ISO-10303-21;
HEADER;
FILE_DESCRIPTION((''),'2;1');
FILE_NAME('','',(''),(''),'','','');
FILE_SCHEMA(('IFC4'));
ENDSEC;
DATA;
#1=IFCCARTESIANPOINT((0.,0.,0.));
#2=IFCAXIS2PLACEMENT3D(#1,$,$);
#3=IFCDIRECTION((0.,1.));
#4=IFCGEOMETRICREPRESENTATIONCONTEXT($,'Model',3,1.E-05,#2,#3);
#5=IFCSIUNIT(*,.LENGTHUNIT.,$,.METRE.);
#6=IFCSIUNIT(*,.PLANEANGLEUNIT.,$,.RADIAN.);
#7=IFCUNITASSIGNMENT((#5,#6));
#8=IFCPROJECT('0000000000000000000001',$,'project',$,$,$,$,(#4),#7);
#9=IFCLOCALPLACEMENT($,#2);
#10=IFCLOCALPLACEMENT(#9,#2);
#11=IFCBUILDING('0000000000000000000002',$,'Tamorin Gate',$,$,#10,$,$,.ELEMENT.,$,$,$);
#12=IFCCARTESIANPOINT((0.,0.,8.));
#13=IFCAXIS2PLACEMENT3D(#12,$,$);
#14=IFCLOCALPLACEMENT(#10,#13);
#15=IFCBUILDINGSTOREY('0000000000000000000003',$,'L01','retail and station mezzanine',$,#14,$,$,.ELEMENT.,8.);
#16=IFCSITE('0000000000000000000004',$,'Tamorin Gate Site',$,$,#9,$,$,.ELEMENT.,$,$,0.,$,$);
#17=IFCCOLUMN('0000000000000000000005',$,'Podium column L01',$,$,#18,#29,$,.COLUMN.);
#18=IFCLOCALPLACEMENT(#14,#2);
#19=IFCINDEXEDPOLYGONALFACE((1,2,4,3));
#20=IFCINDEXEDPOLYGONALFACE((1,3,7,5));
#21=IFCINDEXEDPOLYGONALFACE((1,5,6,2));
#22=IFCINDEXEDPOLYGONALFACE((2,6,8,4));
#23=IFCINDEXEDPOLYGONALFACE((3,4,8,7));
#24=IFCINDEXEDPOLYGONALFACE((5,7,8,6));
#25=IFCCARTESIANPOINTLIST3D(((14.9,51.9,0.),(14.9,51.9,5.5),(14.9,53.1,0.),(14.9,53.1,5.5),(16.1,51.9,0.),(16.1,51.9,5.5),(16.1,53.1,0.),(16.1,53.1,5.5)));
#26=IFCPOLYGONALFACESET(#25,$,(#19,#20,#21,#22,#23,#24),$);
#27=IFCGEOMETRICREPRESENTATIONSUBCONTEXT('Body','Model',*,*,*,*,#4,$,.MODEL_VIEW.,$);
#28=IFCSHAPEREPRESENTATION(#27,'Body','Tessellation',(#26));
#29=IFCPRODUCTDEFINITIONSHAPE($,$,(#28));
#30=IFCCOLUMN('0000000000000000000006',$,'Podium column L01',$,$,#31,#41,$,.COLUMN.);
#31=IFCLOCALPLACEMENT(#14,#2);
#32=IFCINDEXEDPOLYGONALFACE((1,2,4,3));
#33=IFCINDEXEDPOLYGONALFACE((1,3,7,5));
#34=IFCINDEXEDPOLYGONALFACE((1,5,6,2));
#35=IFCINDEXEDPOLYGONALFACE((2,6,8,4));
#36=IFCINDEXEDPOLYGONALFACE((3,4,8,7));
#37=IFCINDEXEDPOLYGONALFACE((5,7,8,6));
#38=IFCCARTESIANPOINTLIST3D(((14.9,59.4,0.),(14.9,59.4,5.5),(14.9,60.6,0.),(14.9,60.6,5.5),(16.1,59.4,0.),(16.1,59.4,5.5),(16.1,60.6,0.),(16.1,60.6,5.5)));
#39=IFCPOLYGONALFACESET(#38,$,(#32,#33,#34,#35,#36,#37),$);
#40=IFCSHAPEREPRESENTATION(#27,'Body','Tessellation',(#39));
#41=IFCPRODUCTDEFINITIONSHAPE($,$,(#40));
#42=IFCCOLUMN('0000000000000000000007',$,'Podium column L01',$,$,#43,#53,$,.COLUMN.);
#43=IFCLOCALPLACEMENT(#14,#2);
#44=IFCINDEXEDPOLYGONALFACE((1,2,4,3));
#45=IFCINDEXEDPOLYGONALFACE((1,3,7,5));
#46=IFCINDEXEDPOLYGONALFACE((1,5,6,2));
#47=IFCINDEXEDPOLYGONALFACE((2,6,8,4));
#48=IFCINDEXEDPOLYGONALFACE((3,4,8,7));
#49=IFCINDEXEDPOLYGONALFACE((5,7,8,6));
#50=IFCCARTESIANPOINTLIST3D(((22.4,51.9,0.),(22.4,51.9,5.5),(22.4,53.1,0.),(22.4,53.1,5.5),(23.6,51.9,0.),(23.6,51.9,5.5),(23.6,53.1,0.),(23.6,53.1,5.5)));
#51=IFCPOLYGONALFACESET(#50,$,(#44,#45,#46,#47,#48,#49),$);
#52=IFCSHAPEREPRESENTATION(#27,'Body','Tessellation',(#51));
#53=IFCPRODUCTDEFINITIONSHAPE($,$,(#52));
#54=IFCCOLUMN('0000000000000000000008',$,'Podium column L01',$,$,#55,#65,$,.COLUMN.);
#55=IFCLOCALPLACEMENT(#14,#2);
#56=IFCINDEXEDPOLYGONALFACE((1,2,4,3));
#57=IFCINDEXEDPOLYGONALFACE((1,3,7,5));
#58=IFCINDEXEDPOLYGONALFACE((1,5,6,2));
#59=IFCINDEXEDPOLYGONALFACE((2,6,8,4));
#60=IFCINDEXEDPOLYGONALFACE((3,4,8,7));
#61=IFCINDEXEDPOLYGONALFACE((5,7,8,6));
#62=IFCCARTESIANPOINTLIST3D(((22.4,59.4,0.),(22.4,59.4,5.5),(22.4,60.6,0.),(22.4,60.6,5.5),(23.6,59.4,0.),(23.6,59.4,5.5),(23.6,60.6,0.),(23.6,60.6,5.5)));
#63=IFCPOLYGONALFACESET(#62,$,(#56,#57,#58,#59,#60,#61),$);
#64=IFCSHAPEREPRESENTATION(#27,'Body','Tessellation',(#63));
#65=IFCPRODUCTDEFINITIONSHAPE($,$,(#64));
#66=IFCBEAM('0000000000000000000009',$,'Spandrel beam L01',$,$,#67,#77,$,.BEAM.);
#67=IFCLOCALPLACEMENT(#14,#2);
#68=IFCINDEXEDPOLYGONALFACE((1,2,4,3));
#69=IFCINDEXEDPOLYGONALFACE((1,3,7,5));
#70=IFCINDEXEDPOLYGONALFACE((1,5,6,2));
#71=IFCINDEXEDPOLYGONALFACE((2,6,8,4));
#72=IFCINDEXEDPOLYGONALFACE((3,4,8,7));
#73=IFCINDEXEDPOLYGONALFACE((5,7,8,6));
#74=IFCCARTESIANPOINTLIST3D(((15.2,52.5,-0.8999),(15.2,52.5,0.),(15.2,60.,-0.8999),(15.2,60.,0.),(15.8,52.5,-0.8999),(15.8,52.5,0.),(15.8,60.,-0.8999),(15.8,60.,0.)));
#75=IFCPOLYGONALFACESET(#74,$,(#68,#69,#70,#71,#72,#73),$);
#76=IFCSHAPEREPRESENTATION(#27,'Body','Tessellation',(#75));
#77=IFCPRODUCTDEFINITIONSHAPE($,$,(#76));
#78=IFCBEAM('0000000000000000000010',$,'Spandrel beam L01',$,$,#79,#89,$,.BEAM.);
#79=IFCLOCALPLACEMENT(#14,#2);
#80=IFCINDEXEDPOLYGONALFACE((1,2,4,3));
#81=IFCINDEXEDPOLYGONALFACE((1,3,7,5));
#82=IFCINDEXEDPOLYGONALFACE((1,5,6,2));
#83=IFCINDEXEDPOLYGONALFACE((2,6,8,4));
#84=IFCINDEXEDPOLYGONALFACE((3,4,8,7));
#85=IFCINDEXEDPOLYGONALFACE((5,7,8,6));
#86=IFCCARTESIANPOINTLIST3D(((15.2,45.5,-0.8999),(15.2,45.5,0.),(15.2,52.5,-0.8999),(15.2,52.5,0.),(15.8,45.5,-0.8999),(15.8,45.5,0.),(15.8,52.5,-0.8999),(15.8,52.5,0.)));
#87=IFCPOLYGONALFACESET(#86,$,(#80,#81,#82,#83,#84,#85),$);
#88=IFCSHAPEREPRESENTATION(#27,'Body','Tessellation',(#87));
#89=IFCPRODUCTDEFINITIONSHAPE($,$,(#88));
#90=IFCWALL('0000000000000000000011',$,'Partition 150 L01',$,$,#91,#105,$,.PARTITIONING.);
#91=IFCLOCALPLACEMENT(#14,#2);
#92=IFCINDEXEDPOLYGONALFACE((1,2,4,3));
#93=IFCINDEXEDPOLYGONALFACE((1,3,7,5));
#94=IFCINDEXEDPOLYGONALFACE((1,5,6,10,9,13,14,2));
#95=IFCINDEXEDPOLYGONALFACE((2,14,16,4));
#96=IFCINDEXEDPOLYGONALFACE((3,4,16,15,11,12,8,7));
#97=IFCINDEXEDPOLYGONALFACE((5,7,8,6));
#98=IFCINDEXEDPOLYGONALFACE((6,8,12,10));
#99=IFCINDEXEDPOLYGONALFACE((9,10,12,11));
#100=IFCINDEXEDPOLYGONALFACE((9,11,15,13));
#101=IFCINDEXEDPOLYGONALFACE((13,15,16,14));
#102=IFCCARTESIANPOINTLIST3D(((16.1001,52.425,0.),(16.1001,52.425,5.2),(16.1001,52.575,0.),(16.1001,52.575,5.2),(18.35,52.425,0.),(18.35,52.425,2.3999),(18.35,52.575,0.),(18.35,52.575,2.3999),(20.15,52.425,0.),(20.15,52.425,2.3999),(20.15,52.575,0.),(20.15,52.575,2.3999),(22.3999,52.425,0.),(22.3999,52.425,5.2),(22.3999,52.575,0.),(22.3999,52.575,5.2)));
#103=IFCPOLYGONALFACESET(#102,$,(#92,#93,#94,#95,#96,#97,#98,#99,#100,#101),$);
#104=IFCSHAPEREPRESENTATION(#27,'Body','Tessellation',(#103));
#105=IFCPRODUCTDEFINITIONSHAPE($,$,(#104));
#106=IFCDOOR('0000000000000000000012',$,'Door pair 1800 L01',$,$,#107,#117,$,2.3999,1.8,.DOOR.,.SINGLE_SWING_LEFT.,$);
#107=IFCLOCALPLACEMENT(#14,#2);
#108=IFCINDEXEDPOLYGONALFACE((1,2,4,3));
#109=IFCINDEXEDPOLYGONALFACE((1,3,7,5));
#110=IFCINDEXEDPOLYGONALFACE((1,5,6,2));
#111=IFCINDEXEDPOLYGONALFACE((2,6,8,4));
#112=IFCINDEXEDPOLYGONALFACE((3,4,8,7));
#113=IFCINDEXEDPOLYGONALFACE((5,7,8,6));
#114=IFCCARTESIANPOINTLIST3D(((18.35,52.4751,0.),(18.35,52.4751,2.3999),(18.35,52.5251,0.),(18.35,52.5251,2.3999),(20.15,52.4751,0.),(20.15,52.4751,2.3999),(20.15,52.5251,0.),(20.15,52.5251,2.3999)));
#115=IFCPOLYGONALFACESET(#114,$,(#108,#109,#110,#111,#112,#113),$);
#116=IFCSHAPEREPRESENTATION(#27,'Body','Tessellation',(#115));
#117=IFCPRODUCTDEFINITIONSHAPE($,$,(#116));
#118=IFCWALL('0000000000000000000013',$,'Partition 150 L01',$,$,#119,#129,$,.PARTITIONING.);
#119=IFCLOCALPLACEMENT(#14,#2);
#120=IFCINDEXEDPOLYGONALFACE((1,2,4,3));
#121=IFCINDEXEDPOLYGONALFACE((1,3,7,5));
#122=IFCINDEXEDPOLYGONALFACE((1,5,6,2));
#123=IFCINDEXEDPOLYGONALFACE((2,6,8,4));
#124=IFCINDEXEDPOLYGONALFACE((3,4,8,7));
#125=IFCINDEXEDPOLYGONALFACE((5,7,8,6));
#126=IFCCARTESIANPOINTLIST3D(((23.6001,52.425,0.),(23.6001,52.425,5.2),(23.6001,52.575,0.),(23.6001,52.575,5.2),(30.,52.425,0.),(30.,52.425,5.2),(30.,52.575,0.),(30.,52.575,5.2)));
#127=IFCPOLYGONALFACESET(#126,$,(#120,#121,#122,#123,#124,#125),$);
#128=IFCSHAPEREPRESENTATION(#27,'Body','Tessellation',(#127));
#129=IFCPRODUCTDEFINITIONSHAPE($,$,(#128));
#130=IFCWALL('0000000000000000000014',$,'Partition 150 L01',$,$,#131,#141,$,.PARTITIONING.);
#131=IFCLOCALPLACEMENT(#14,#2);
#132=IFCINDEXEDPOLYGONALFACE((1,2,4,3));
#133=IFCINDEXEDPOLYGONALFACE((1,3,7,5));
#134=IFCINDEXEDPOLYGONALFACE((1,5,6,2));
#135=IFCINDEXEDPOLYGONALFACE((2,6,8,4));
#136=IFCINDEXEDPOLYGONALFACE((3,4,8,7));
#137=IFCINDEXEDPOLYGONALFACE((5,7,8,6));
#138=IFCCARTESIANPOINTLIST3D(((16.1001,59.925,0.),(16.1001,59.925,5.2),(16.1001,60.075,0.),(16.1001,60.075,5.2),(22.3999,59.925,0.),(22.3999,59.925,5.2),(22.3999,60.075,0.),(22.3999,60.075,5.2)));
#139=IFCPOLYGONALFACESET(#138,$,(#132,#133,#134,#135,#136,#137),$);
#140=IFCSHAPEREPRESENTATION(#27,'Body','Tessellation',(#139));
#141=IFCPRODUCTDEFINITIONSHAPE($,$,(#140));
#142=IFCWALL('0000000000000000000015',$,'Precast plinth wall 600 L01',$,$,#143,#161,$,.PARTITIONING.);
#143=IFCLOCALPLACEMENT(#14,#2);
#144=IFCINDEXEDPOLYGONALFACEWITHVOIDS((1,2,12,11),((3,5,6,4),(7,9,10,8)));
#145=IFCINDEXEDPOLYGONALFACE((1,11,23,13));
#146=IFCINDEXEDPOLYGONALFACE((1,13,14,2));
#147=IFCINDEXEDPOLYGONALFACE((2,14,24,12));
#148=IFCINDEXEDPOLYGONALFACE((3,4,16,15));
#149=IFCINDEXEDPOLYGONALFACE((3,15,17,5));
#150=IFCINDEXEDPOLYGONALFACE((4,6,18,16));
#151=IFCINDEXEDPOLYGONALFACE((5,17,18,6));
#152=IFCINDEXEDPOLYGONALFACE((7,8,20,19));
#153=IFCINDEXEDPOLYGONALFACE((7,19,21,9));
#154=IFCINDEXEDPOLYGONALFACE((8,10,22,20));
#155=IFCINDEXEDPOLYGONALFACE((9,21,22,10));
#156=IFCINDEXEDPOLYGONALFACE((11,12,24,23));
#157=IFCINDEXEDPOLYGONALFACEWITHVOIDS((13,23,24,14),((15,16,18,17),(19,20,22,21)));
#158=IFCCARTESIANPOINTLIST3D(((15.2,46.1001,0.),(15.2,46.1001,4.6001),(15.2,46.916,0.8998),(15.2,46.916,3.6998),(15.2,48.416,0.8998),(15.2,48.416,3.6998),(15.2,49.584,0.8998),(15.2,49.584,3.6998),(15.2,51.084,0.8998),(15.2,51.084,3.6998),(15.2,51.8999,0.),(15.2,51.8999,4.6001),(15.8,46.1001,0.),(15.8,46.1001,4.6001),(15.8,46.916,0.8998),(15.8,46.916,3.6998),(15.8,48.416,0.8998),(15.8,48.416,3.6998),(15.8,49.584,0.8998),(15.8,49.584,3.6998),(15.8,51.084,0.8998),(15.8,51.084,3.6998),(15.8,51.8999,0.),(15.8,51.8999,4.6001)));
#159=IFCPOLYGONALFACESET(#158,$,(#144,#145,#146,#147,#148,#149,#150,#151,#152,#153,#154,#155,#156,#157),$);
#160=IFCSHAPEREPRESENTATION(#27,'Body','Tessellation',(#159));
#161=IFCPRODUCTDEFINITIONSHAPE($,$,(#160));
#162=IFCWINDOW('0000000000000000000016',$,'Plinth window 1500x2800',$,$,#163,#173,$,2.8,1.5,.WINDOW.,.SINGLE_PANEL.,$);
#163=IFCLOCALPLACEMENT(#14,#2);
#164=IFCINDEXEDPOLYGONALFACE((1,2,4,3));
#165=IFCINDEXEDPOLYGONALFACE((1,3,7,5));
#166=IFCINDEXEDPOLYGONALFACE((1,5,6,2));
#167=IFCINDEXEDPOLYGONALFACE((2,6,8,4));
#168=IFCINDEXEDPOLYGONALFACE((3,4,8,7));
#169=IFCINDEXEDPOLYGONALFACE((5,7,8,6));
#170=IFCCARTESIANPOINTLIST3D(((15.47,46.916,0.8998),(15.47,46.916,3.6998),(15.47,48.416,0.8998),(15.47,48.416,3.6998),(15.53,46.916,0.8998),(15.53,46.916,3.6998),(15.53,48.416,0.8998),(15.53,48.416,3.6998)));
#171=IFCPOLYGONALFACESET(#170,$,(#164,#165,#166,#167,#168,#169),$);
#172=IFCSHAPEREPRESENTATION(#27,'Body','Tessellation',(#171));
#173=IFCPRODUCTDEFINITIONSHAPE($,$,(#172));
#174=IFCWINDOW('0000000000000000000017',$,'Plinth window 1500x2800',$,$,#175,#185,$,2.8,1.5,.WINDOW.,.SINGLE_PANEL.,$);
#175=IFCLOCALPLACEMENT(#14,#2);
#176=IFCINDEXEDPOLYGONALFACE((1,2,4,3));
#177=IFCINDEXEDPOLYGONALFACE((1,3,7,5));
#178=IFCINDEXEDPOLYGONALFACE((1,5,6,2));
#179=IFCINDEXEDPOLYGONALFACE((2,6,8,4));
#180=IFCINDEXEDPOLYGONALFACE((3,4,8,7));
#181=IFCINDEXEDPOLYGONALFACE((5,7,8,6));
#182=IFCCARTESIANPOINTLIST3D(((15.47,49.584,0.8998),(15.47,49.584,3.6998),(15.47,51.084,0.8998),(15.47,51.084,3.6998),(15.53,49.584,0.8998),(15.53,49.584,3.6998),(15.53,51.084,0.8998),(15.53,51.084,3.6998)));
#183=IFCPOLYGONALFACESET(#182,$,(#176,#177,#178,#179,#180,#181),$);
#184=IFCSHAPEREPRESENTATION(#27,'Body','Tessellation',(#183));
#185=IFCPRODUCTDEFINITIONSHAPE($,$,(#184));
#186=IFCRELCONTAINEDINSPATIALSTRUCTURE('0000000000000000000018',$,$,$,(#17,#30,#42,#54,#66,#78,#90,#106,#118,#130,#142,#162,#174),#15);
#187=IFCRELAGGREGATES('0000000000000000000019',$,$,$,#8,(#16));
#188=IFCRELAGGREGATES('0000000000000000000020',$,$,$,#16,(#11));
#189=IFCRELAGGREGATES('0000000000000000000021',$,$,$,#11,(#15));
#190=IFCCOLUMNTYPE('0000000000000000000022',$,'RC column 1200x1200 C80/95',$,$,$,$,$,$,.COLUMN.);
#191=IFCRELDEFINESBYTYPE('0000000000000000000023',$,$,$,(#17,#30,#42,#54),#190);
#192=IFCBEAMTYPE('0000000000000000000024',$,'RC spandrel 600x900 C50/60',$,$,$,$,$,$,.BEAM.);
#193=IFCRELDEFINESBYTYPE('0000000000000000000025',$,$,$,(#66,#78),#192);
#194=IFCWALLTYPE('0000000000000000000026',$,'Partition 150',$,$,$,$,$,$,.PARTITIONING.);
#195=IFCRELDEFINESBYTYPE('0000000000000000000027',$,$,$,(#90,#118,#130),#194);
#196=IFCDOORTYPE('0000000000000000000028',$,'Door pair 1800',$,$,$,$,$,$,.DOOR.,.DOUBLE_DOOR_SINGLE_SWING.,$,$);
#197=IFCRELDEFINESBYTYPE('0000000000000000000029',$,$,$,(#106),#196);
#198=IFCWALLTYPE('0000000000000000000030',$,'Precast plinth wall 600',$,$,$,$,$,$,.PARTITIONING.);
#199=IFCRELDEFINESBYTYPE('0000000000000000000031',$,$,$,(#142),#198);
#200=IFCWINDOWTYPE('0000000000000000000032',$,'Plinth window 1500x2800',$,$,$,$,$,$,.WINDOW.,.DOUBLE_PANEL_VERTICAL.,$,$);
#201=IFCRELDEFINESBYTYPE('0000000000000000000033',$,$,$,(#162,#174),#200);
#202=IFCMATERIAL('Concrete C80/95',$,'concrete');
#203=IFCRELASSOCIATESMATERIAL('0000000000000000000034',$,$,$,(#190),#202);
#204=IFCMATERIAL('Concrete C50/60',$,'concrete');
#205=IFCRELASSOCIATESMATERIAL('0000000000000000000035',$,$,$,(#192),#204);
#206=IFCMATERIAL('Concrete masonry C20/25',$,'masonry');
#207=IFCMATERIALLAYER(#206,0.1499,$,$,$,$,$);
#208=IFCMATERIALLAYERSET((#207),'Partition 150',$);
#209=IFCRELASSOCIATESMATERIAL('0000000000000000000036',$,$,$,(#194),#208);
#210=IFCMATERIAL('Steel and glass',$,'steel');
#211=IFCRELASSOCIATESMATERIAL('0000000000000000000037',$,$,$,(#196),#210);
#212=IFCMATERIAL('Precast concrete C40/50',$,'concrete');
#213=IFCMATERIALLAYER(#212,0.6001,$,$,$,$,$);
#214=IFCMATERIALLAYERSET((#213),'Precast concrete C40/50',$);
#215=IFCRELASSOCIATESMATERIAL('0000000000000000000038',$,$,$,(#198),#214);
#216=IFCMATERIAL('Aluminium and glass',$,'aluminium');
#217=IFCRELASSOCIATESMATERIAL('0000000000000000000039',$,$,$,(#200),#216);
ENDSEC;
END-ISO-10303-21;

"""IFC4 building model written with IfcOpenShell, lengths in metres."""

from ifc_helpers import new_model, si_unit, direction, frame, frame_2d, origin, origin_2d, place, context, subcontext, project, spatial, rectangle, extrude, material, layer, layer_set, material_profile, profile_set, type_object, element, fill, save


model = new_model("IFC4")

# Units and contexts
model_context = context("Model", 3, precision=1e-05, world=origin(), true_north=direction((0.0, 1.0)))
body_context = subcontext(model_context, "Body", "Model", "MODEL_VIEW")
ifc_project = project(units=[si_unit("LENGTHUNIT", "METRE"), si_unit("PLANEANGLEUNIT", "RADIAN")], contexts=[model_context])

# Site, building, storey
site_placement = place(None, origin())
site = spatial("IfcSite", under=ifc_project, at=site_placement, Name="Tamorin Gate Site", CompositionType="ELEMENT", RefElevation=0.0)
building_placement = place(site_placement, origin())
building = spatial("IfcBuilding", under=site, at=building_placement, Name="Tamorin Gate", CompositionType="ELEMENT")
storey_placement = place(building_placement, frame((0.0, 0.0, 8.0)))
storey = spatial("IfcBuildingStorey", under=building, at=storey_placement, Name="L01", Description="retail and station mezzanine", CompositionType="ELEMENT", Elevation=8.0)

# Columns
ifc_material_1 = material(Name="Concrete C80/95", Category="concrete")
ifc_material_profile_1 = material_profile(ifc_material_1, rectangle(XDim=1.2, YDim=1.2, at=origin_2d()), Name="RC 1200x1200")
ifc_profile_set_1 = profile_set([ifc_material_profile_1], Name="Concrete C80/95")
column_type = type_object("IfcColumnType", Name="RC column 1200x1200 C80/95", PredefinedType="COLUMN", material=ifc_profile_set_1)
for number, where, z_axis, x_axis, name in (
    (1, (15.5, 52.5, 0.0), (0.0, 0.0, 1.0), (1.0, 0.0, 0.0), "Podium column L01"),
    (2, (15.5, 60.0, 0.0), (0.0, 0.0, 1.0), (1.0, 0.0, 0.0), "Podium column L01"),
    (3, (23.0, 52.5, 0.0), (0.0, 0.0, 1.0), (1.0, 0.0, 0.0), "Podium column L01"),
    (4, (23.0, 60.0, 0.0), (0.0, 0.0, 1.0), (1.0, 0.0, 0.0), "Podium column L01"),
):
    element("IfcColumn", number, at=place(storey_placement, frame(where, z_axis=z_axis, x_axis=x_axis)), inside=storey, type_object=column_type, Name=name, PredefinedType="COLUMN", context=body_context, shape_type="SweptSolid", body=[
        extrude(rectangle(XDim=1.2, YDim=1.2, at=origin_2d()), origin(), (0.0, 0.0, 1.0), 5.5),
    ])

# Beams
ifc_material_2 = material(Name="Concrete C50/60", Category="concrete")
ifc_material_profile_2 = material_profile(ifc_material_2, rectangle(XDim=0.6001, YDim=0.8999, at=origin_2d()), Name="RC 600x900")
ifc_profile_set_2 = profile_set([ifc_material_profile_2], Name="Concrete C50/60")
beam_type = type_object("IfcBeamType", Name="RC spandrel 600x900 C50/60", PredefinedType="BEAM", material=ifc_profile_set_2)
beam_1_placement = place(storey_placement, frame((15.5, 60.0, -0.45), z_axis=(0.0, -1.0, 0.0), x_axis=(1.0, 0.0, 0.0)))
element("IfcBeam", 5, at=beam_1_placement, inside=storey, type_object=beam_type, Name="Spandrel beam L01", PredefinedType="BEAM", context=body_context, shape_type="SweptSolid", body=[
    extrude(rectangle(XDim=0.6001, YDim=0.8999, at=origin_2d()), origin(), (0.0, 0.0, 1.0), 7.5),
])
beam_2_placement = place(storey_placement, frame((15.5, 52.5, -0.45), z_axis=(0.0, -1.0, 0.0), x_axis=(1.0, 0.0, 0.0)))
element("IfcBeam", 6, at=beam_2_placement, inside=storey, type_object=beam_type, Name="Spandrel beam L01", PredefinedType="BEAM", context=body_context, shape_type="SweptSolid", body=[
    extrude(rectangle(XDim=0.6001, YDim=0.8999, at=origin_2d()), origin(), (0.0, 0.0, 1.0), 7.0),
])

# Wall, opening, door
ifc_material_3 = material(Name="Concrete masonry C20/25", Category="masonry")
ifc_layer_1 = layer(ifc_material_3, 0.1499)
ifc_layer_set_1 = layer_set([ifc_layer_1], Name="Partition 150")
wall_type_1 = type_object("IfcWallType", Name="Partition 150", PredefinedType="PARTITIONING", material=ifc_layer_set_1)
wall_1_placement = place(storey_placement, frame((22.3999, 52.5, 0.0), z_axis=(0.0, 0.0, 1.0), x_axis=(-1.0, 0.0, 0.0)))
wall_1 = element("IfcWall", 7, at=wall_1_placement, inside=storey, type_object=wall_type_1, Name="Partition 150 L01", PredefinedType="PARTITIONING", context=body_context, shape_type="SweptSolid", body=[
    extrude(rectangle(XDim=6.2998, YDim=0.1499, at=frame_2d((3.1499, 0.0))), origin(), (0.0, 0.0, 1.0), 5.2),
])
opening_1_placement = place(wall_1_placement, frame((2.25, 0.0, 0.0)))
opening_1 = element("IfcOpeningElement", 8, at=opening_1_placement, cuts=wall_1, PredefinedType="OPENING", context=body_context, shape_type="SweptSolid", body=[
    extrude(rectangle(XDim=1.8, YDim=2.3999, at=frame_2d((0.8999, 1.2))), frame((0.0, 0.085, 0.0), z_axis=(0.0, -1.0, 0.0), x_axis=(1.0, 0.0, 0.0)), (0.0, 0.0, 1.0), 0.1699),
])
ifc_material_4 = material(Name="Steel and glass", Category="steel")
door_type = type_object("IfcDoorType", Name="Door pair 1800", OperationType="DOUBLE_DOOR_SINGLE_SWING", PredefinedType="DOOR", material=ifc_material_4)
door_placement = place(opening_1_placement, origin())
door = element("IfcDoor", 9, at=door_placement, inside=storey, type_object=door_type, Name="Door pair 1800 L01", OperationType="SINGLE_SWING_LEFT", OverallHeight=2.3999, OverallWidth=1.8, PredefinedType="DOOR", context=body_context, shape_type="SweptSolid", body=[
    extrude(rectangle(XDim=1.8, YDim=2.3999, at=frame_2d((0.8999, 1.2))), frame((0.0, 0.0249, 0.0), z_axis=(0.0, -1.0, 0.0), x_axis=(1.0, 0.0, 0.0)), (0.0, 0.0, 1.0), 0.05),
])
fill(opening_1, door)

# Walls
wall_2_placement = place(storey_placement, frame((23.6001, 52.5, 0.0), z_axis=(0.0, 0.0, 1.0), x_axis=(1.0, 0.0, 0.0)))
element("IfcWall", 10, at=wall_2_placement, inside=storey, type_object=wall_type_1, Name="Partition 150 L01", PredefinedType="PARTITIONING", context=body_context, shape_type="SweptSolid", body=[
    extrude(rectangle(XDim=6.3999, YDim=0.1499, at=frame_2d((3.2, 0.0))), origin(), (0.0, 0.0, 1.0), 5.2),
])
wall_3_placement = place(storey_placement, frame((16.1001, 60.0, 0.0), z_axis=(0.0, 0.0, 1.0), x_axis=(1.0, 0.0, 0.0)))
element("IfcWall", 11, at=wall_3_placement, inside=storey, type_object=wall_type_1, Name="Partition 150 L01", PredefinedType="PARTITIONING", context=body_context, shape_type="SweptSolid", body=[
    extrude(rectangle(XDim=6.2998, YDim=0.1499, at=frame_2d((3.1499, 0.0))), origin(), (0.0, 0.0, 1.0), 5.2),
])

# Wall, openings, windows
ifc_material_5 = material(Name="Precast concrete C40/50", Category="concrete")
ifc_layer_2 = layer(ifc_material_5, 0.6001)
ifc_layer_set_2 = layer_set([ifc_layer_2], Name="Precast concrete C40/50")
wall_type_2 = type_object("IfcWallType", Name="Precast plinth wall 600", PredefinedType="PARTITIONING", material=ifc_layer_set_2)
wall_4_placement = place(storey_placement, frame((15.5, 46.1001, 0.0), z_axis=(0.0, 0.0, 1.0), x_axis=(0.0, 1.0, 0.0)))
wall_4 = element("IfcWall", 12, at=wall_4_placement, inside=storey, type_object=wall_type_2, Name="Precast plinth wall 600 L01", PredefinedType="PARTITIONING", context=body_context, shape_type="SweptSolid", body=[
    extrude(rectangle(XDim=5.7998, YDim=0.6001, at=frame_2d((2.8999, 0.0))), origin(), (0.0, 0.0, 1.0), 4.6001),
])
opening_2_placement = place(wall_4_placement, frame((0.8159, 0.0, 0.8999)))
opening_2 = element("IfcOpeningElement", 13, at=opening_2_placement, cuts=wall_4, PredefinedType="OPENING", context=body_context, shape_type="SweptSolid", body=[
    extrude(rectangle(XDim=1.5, YDim=2.8, at=frame_2d((0.75, 1.3999))), frame((0.0, 0.3101, 0.0), z_axis=(0.0, -1.0, 0.0), x_axis=(1.0, 0.0, 0.0)), (0.0, 0.0, 1.0), 0.6201),
])
opening_3_placement = place(wall_4_placement, frame((3.4839, 0.0, 0.8999)))
opening_3 = element("IfcOpeningElement", 14, at=opening_3_placement, cuts=wall_4, PredefinedType="OPENING", context=body_context, shape_type="SweptSolid", body=[
    extrude(rectangle(XDim=1.5, YDim=2.8, at=frame_2d((0.75, 1.3999))), frame((0.0, 0.3101, 0.0), z_axis=(0.0, -1.0, 0.0), x_axis=(1.0, 0.0, 0.0)), (0.0, 0.0, 1.0), 0.6201),
])
ifc_material_6 = material(Name="Aluminium and glass", Category="aluminium")
window_type = type_object("IfcWindowType", Name="Plinth window 1500x2800", PartitioningType="DOUBLE_PANEL_VERTICAL", PredefinedType="WINDOW", material=ifc_material_6)
window_1_placement = place(opening_2_placement, origin())
window_1 = element("IfcWindow", 15, at=window_1_placement, inside=storey, type_object=window_type, Name="Plinth window 1500x2800", OverallHeight=2.8, OverallWidth=1.5, PartitioningType="SINGLE_PANEL", PredefinedType="WINDOW", context=body_context, shape_type="SweptSolid", body=[
    extrude(rectangle(XDim=1.5, YDim=2.8, at=frame_2d((0.75, 1.3999))), frame((0.0, 0.03, 0.0), z_axis=(0.0, -1.0, 0.0), x_axis=(1.0, 0.0, 0.0)), (0.0, 0.0, 1.0), 0.0601),
])
fill(opening_2, window_1)
window_2_placement = place(opening_3_placement, origin())
window_2 = element("IfcWindow", 16, at=window_2_placement, inside=storey, type_object=window_type, Name="Plinth window 1500x2800", OverallHeight=2.8, OverallWidth=1.5, PartitioningType="SINGLE_PANEL", PredefinedType="WINDOW", context=body_context, shape_type="SweptSolid", body=[
    extrude(rectangle(XDim=1.5, YDim=2.8, at=frame_2d((0.75, 1.3999))), frame((0.0, 0.03, 0.0), z_axis=(0.0, -1.0, 0.0), x_axis=(1.0, 0.0, 0.0)), (0.0, 0.0, 1.0), 0.0601),
])
fill(opening_3, window_2)

save(model, "model.ifc")
